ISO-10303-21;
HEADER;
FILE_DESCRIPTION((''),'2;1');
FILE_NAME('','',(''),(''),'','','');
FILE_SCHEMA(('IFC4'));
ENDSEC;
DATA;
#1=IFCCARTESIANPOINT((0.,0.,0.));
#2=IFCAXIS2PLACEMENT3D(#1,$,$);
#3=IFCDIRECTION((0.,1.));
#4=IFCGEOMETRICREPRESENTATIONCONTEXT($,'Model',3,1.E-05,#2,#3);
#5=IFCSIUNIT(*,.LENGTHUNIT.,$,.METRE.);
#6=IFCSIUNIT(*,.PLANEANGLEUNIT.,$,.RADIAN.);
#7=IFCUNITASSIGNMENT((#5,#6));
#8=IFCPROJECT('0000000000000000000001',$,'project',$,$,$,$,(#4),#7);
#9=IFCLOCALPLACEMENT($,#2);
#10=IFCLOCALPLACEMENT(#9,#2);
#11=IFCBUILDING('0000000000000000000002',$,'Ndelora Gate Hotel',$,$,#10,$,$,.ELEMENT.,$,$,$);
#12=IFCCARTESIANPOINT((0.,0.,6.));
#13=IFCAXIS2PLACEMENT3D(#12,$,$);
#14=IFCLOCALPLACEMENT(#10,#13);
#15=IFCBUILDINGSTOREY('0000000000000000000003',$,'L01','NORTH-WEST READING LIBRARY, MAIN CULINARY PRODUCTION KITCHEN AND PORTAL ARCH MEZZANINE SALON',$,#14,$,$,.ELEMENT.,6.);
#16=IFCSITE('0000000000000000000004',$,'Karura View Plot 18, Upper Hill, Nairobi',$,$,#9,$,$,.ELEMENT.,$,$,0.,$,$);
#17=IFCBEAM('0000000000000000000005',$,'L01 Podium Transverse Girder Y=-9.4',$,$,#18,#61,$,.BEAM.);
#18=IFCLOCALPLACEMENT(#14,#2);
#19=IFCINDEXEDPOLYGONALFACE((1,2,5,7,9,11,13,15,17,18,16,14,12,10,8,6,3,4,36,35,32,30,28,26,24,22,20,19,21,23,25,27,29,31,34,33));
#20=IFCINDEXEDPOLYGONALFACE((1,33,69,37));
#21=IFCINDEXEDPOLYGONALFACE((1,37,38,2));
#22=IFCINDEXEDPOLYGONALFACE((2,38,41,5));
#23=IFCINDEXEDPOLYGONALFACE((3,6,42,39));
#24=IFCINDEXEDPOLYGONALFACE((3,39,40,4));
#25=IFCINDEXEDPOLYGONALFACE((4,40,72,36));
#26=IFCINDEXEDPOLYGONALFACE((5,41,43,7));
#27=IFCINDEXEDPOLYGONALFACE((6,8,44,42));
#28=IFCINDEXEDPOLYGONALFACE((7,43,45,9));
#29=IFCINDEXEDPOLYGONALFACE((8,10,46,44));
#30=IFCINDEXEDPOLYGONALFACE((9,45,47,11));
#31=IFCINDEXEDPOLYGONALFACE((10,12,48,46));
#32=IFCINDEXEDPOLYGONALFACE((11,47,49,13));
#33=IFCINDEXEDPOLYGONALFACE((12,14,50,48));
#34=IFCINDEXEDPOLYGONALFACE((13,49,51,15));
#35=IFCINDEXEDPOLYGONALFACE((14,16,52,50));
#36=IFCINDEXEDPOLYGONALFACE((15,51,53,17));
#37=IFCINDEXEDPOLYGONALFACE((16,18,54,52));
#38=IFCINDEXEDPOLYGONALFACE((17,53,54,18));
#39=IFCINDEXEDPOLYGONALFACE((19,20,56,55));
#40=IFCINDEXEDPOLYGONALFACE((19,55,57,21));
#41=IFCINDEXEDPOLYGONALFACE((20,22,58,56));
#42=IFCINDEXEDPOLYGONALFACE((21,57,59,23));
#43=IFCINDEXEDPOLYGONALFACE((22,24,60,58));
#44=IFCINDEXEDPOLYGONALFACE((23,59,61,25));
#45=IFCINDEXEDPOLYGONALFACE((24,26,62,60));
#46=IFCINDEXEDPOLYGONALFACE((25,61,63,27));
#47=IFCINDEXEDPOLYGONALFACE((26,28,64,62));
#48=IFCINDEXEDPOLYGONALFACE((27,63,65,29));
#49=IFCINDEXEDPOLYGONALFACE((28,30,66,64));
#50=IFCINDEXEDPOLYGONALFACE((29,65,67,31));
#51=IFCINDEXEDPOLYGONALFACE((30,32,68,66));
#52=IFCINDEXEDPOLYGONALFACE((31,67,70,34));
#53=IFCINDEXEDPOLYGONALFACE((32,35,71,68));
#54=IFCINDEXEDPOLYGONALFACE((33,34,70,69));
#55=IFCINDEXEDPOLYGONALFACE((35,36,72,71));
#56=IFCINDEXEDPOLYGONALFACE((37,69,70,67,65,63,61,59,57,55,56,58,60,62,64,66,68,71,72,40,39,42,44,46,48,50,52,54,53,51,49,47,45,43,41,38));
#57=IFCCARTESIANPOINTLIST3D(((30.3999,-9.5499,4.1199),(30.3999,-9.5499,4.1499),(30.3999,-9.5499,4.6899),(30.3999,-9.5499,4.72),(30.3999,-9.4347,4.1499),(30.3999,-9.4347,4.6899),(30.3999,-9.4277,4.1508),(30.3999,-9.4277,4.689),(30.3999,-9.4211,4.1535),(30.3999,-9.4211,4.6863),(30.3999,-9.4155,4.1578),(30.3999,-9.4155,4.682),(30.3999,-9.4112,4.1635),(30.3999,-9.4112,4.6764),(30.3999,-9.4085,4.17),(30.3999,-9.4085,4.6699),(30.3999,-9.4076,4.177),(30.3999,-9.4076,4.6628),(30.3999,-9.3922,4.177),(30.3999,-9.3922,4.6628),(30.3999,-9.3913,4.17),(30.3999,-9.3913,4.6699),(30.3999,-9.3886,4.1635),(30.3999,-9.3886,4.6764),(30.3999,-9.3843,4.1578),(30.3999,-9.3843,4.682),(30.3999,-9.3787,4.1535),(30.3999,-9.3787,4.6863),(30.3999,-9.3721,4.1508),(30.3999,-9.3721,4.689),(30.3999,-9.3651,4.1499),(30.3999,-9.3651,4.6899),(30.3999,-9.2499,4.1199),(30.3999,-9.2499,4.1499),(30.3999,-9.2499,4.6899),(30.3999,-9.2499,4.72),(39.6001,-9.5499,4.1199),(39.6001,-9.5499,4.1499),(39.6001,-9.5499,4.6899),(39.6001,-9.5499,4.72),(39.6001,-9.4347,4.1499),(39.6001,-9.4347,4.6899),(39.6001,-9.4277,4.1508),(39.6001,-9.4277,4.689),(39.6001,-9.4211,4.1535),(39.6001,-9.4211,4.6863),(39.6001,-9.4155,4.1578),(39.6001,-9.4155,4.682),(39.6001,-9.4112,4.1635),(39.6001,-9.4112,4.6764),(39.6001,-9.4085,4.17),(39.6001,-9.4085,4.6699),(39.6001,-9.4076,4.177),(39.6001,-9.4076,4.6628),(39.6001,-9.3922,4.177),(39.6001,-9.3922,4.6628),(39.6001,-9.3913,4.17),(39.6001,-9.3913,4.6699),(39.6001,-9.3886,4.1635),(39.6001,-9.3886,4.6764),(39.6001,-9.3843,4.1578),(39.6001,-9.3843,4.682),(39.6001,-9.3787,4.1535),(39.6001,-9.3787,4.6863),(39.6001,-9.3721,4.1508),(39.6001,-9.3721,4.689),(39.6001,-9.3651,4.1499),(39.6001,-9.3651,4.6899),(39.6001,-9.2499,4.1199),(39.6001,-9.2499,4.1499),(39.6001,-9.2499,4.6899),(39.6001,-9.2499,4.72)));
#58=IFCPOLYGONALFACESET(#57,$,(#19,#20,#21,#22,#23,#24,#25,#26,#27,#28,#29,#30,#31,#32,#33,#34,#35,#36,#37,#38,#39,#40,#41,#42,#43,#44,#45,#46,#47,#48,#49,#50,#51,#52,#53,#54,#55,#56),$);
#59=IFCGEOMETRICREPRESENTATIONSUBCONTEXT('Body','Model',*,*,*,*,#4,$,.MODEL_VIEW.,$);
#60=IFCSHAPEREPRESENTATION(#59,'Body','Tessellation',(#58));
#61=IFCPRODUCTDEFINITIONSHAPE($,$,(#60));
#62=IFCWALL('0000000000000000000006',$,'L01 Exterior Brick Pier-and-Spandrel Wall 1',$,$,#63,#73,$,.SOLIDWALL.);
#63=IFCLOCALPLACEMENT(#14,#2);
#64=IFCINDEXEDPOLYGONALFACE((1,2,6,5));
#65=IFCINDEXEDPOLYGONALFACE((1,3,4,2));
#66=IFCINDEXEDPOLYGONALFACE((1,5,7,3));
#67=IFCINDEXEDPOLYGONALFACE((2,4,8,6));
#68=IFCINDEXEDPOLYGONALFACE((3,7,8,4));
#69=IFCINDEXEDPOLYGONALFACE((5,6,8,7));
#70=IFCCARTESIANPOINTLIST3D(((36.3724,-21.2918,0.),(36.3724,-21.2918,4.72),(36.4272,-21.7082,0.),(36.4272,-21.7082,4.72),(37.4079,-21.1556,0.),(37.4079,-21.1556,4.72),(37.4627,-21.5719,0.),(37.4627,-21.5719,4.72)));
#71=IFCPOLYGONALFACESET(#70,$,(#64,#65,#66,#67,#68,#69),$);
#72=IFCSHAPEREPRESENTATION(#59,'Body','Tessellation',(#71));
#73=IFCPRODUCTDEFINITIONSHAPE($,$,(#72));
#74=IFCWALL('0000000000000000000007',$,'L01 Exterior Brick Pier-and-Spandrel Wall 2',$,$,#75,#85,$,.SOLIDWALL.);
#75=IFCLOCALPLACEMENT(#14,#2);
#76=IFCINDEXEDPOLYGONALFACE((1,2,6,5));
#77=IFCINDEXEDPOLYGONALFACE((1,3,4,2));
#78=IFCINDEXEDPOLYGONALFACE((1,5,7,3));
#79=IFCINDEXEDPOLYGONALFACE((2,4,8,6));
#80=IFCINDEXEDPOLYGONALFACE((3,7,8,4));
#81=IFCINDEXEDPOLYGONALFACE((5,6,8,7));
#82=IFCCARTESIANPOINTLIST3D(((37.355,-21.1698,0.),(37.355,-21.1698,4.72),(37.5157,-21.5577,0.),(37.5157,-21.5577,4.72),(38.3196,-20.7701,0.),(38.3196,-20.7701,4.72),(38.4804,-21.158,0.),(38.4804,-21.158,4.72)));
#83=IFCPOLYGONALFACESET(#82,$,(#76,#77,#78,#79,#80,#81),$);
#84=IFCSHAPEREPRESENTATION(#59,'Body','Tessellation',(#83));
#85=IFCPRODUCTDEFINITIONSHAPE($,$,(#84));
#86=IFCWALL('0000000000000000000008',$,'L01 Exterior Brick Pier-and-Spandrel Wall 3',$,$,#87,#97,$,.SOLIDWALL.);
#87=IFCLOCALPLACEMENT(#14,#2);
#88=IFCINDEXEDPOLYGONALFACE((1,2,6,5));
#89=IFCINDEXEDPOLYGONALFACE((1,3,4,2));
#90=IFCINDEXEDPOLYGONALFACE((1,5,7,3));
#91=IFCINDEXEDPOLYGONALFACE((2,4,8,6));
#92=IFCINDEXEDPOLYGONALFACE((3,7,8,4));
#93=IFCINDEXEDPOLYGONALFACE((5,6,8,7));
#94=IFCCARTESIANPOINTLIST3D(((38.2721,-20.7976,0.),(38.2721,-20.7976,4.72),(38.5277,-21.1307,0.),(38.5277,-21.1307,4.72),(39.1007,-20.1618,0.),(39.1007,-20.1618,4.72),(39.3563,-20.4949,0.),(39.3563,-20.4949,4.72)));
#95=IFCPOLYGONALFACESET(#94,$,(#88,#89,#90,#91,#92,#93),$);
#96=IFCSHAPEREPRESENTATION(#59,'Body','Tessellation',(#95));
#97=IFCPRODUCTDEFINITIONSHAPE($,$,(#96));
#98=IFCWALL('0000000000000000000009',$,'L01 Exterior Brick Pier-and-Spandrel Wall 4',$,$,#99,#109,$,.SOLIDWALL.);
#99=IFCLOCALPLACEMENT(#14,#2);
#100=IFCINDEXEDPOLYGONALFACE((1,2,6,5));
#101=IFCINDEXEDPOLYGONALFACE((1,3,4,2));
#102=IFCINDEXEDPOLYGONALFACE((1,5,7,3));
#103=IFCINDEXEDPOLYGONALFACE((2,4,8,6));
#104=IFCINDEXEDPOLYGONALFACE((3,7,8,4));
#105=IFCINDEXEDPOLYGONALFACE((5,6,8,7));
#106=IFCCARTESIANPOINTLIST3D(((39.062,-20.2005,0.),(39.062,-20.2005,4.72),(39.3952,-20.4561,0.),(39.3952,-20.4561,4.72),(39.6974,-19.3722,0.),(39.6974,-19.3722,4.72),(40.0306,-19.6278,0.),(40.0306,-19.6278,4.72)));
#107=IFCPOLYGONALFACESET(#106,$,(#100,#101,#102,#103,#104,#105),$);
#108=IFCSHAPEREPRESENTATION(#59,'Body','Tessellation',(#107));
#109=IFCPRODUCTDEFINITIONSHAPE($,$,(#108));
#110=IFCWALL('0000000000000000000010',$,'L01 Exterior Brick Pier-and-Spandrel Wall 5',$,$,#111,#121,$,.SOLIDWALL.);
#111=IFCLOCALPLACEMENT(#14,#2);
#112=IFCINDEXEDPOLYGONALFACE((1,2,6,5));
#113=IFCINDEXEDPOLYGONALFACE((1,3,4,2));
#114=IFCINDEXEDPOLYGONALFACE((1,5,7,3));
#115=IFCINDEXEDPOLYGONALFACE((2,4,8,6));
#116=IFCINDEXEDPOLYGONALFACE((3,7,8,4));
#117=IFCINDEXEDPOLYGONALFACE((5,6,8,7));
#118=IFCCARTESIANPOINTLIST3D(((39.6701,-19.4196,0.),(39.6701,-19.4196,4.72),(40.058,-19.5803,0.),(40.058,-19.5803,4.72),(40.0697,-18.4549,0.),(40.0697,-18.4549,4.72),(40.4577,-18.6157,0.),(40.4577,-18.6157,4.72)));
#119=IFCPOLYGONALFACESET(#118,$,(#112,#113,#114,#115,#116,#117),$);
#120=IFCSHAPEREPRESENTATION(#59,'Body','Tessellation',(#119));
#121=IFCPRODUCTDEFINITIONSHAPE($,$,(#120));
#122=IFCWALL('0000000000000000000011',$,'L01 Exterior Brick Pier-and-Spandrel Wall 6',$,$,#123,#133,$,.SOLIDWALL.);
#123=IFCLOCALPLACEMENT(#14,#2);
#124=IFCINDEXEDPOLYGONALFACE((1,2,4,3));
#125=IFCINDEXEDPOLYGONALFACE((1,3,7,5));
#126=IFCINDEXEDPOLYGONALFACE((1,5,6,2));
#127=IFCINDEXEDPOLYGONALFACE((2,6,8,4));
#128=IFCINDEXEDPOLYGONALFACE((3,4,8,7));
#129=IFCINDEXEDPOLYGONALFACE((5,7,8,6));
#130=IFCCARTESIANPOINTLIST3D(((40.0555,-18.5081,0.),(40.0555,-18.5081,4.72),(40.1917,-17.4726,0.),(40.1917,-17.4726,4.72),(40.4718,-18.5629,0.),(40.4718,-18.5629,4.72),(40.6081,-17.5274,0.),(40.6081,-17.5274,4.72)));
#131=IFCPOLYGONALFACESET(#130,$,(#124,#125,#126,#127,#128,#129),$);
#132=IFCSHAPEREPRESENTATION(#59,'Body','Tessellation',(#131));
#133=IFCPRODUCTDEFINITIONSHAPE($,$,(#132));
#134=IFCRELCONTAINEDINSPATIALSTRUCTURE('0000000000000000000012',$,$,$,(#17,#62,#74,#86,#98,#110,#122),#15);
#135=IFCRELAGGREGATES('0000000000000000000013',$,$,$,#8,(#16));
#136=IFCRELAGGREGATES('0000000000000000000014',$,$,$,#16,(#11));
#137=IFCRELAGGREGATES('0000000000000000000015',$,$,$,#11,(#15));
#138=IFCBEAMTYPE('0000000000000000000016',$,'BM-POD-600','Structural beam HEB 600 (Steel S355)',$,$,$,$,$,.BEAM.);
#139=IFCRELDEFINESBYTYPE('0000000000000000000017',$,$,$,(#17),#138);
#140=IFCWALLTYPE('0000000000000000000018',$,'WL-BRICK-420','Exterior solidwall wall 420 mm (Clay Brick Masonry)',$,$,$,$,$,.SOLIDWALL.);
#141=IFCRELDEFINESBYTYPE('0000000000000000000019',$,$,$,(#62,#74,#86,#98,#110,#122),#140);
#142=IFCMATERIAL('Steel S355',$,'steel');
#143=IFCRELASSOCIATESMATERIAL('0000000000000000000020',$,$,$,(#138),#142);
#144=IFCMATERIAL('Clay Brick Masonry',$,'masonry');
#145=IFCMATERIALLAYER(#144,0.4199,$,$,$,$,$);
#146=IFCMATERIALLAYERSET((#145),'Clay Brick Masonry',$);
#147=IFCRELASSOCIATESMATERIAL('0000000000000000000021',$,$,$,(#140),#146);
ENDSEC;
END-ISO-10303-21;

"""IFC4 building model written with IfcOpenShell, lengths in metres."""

from ifc_helpers import new_model, si_unit, direction, frame, frame_2d, origin, origin_2d, place, context, subcontext, project, spatial, rectangle, i_section, extrude, material, layer, layer_set, material_profile, profile_set, type_object, element, save


model = new_model("IFC4")

# Units and contexts
model_context = context("Model", 3, precision=1e-05, world=origin(), true_north=direction((0.0, 1.0)))
body_context = subcontext(model_context, "Body", "Model", "MODEL_VIEW")
ifc_project = project(units=[si_unit("LENGTHUNIT", "METRE"), si_unit("PLANEANGLEUNIT", "RADIAN")], contexts=[model_context])

# Site, building, storey
site_placement = place(None, origin())
site = spatial("IfcSite", under=ifc_project, at=site_placement, Name="Karura View Plot 18, Upper Hill, Nairobi", CompositionType="ELEMENT", RefElevation=0.0)
building_placement = place(site_placement, origin())
building = spatial("IfcBuilding", under=site, at=building_placement, Name="Ndelora Gate Hotel", CompositionType="ELEMENT")
storey_placement = place(building_placement, frame((0.0, 0.0, 6.0)))
storey = spatial("IfcBuildingStorey", under=building, at=storey_placement, Name="L01", Description="NORTH-WEST READING LIBRARY, MAIN CULINARY PRODUCTION KITCHEN AND PORTAL ARCH MEZZANINE SALON", CompositionType="ELEMENT", Elevation=6.0)

# Beam
ifc_material_1 = material(Name="Steel S355", Category="steel")
ifc_material_profile_1 = material_profile(ifc_material_1, i_section(OverallWidth=0.3, OverallDepth=0.6001, WebThickness=0.0154, FlangeThickness=0.03, FilletRadius=0.0271, at=origin_2d()), Name="HEB 600")
ifc_profile_set_1 = profile_set([ifc_material_profile_1], Name="Steel S355")
beam_type_1 = type_object("IfcBeamType", Name="BM-POD-600", Description="Structural beam HEB 600 (Steel S355)", PredefinedType="BEAM", material=ifc_profile_set_1)
for number, where, z_axis, x_axis, name in (
    (1, (30.3999, -9.3999, 4.4199), (1.0, 0.0, 0.0), (0.0, 1.0, 0.0), "L01 Podium Transverse Girder Y=-9.4"),
):
    element("IfcBeam", number, at=place(storey_placement, frame(where, z_axis=z_axis, x_axis=x_axis)), inside=storey, type_object=beam_type_1, Name=name, PredefinedType="BEAM", context=body_context, shape_type="SweptSolid", body=[
        extrude(i_section(OverallWidth=0.3, OverallDepth=0.6001, WebThickness=0.0154, FlangeThickness=0.03, FilletRadius=0.0271, at=origin_2d()), origin(), (0.0, 0.0, 1.0), 9.2002),
    ])

# Walls
ifc_material_2 = material(Name="Clay Brick Masonry", Category="masonry")
ifc_layer = layer(ifc_material_2, 0.4199)
ifc_layer_set = layer_set([ifc_layer], Name="Clay Brick Masonry")
wall_type = type_object("IfcWallType", Name="WL-BRICK-420", Description="Exterior solidwall wall 420 mm (Clay Brick Masonry)", PredefinedType="SOLIDWALL", material=ifc_layer_set)
wall_1_placement = place(storey_placement, frame((37.4353, -21.3638, 0.0), z_axis=(0.0, 0.0, 1.0), x_axis=(-0.991455, -0.130448, 0.0)))
element("IfcWall", 2, at=wall_1_placement, inside=storey, type_object=wall_type, Name="L01 Exterior Brick Pier-and-Spandrel Wall 1", PredefinedType="SOLIDWALL", context=body_context, shape_type="SweptSolid", body=[
    extrude(rectangle(XDim=1.0444, YDim=0.4199, at=frame_2d((0.5222, 0.0))), origin(), (0.0, 0.0, 1.0), 4.72),
])
wall_2_placement = place(storey_placement, frame((38.3999, -20.9641, 0.0), z_axis=(0.0, 0.0, 1.0), x_axis=(-0.923843, -0.382772, 0.0)))
element("IfcWall", 3, at=wall_2_placement, inside=storey, type_object=wall_type, Name="L01 Exterior Brick Pier-and-Spandrel Wall 2", PredefinedType="SOLIDWALL", context=body_context, shape_type="SweptSolid", body=[
    extrude(rectangle(XDim=1.0442, YDim=0.4199, at=frame_2d((0.522, 0.0))), origin(), (0.0, 0.0, 1.0), 4.72),
])
wall_3_placement = place(storey_placement, frame((39.2285, -20.3284, 0.0), z_axis=(0.0, 0.0, 1.0), x_axis=(-0.793388, -0.608716, 0.0)))
element("IfcWall", 4, at=wall_3_placement, inside=storey, type_object=wall_type, Name="L01 Exterior Brick Pier-and-Spandrel Wall 3", PredefinedType="SOLIDWALL", context=body_context, shape_type="SweptSolid", body=[
    extrude(rectangle(XDim=1.0444, YDim=0.4199, at=frame_2d((0.5222, 0.0))), origin(), (0.0, 0.0, 1.0), 4.72),
])
wall_4_placement = place(storey_placement, frame((39.864, -19.5, 0.0), z_axis=(0.0, 0.0, 1.0), x_axis=(-0.608682, -0.793414, 0.0)))
element("IfcWall", 5, at=wall_4_placement, inside=storey, type_object=wall_type, Name="L01 Exterior Brick Pier-and-Spandrel Wall 4", PredefinedType="SOLIDWALL", context=body_context, shape_type="SweptSolid", body=[
    extrude(rectangle(XDim=1.0439, YDim=0.4199, at=frame_2d((0.522, 0.0))), origin(), (0.0, 0.0, 1.0), 4.72),
])
wall_5_placement = place(storey_placement, frame((40.2637, -18.5354, 0.0), z_axis=(0.0, 0.0, 1.0), x_axis=(-0.382772, -0.923843, 0.0)))
element("IfcWall", 6, at=wall_5_placement, inside=storey, type_object=wall_type, Name="L01 Exterior Brick Pier-and-Spandrel Wall 5", PredefinedType="SOLIDWALL", context=body_context, shape_type="SweptSolid", body=[
    extrude(rectangle(XDim=1.0442, YDim=0.4199, at=frame_2d((0.522, 0.0))), origin(), (0.0, 0.0, 1.0), 4.72),
])
wall_6_placement = place(storey_placement, frame((40.3999, -17.5, 0.0), z_axis=(0.0, 0.0, 1.0), x_axis=(-0.130448, -0.991455, 0.0)))
element("IfcWall", 7, at=wall_6_placement, inside=storey, type_object=wall_type, Name="L01 Exterior Brick Pier-and-Spandrel Wall 6", PredefinedType="SOLIDWALL", context=body_context, shape_type="SweptSolid", body=[
    extrude(rectangle(XDim=1.0444, YDim=0.4199, at=frame_2d((0.5222, 0.0))), origin(), (0.0, 0.0, 1.0), 4.72),
])

save(model, "model.ifc")
